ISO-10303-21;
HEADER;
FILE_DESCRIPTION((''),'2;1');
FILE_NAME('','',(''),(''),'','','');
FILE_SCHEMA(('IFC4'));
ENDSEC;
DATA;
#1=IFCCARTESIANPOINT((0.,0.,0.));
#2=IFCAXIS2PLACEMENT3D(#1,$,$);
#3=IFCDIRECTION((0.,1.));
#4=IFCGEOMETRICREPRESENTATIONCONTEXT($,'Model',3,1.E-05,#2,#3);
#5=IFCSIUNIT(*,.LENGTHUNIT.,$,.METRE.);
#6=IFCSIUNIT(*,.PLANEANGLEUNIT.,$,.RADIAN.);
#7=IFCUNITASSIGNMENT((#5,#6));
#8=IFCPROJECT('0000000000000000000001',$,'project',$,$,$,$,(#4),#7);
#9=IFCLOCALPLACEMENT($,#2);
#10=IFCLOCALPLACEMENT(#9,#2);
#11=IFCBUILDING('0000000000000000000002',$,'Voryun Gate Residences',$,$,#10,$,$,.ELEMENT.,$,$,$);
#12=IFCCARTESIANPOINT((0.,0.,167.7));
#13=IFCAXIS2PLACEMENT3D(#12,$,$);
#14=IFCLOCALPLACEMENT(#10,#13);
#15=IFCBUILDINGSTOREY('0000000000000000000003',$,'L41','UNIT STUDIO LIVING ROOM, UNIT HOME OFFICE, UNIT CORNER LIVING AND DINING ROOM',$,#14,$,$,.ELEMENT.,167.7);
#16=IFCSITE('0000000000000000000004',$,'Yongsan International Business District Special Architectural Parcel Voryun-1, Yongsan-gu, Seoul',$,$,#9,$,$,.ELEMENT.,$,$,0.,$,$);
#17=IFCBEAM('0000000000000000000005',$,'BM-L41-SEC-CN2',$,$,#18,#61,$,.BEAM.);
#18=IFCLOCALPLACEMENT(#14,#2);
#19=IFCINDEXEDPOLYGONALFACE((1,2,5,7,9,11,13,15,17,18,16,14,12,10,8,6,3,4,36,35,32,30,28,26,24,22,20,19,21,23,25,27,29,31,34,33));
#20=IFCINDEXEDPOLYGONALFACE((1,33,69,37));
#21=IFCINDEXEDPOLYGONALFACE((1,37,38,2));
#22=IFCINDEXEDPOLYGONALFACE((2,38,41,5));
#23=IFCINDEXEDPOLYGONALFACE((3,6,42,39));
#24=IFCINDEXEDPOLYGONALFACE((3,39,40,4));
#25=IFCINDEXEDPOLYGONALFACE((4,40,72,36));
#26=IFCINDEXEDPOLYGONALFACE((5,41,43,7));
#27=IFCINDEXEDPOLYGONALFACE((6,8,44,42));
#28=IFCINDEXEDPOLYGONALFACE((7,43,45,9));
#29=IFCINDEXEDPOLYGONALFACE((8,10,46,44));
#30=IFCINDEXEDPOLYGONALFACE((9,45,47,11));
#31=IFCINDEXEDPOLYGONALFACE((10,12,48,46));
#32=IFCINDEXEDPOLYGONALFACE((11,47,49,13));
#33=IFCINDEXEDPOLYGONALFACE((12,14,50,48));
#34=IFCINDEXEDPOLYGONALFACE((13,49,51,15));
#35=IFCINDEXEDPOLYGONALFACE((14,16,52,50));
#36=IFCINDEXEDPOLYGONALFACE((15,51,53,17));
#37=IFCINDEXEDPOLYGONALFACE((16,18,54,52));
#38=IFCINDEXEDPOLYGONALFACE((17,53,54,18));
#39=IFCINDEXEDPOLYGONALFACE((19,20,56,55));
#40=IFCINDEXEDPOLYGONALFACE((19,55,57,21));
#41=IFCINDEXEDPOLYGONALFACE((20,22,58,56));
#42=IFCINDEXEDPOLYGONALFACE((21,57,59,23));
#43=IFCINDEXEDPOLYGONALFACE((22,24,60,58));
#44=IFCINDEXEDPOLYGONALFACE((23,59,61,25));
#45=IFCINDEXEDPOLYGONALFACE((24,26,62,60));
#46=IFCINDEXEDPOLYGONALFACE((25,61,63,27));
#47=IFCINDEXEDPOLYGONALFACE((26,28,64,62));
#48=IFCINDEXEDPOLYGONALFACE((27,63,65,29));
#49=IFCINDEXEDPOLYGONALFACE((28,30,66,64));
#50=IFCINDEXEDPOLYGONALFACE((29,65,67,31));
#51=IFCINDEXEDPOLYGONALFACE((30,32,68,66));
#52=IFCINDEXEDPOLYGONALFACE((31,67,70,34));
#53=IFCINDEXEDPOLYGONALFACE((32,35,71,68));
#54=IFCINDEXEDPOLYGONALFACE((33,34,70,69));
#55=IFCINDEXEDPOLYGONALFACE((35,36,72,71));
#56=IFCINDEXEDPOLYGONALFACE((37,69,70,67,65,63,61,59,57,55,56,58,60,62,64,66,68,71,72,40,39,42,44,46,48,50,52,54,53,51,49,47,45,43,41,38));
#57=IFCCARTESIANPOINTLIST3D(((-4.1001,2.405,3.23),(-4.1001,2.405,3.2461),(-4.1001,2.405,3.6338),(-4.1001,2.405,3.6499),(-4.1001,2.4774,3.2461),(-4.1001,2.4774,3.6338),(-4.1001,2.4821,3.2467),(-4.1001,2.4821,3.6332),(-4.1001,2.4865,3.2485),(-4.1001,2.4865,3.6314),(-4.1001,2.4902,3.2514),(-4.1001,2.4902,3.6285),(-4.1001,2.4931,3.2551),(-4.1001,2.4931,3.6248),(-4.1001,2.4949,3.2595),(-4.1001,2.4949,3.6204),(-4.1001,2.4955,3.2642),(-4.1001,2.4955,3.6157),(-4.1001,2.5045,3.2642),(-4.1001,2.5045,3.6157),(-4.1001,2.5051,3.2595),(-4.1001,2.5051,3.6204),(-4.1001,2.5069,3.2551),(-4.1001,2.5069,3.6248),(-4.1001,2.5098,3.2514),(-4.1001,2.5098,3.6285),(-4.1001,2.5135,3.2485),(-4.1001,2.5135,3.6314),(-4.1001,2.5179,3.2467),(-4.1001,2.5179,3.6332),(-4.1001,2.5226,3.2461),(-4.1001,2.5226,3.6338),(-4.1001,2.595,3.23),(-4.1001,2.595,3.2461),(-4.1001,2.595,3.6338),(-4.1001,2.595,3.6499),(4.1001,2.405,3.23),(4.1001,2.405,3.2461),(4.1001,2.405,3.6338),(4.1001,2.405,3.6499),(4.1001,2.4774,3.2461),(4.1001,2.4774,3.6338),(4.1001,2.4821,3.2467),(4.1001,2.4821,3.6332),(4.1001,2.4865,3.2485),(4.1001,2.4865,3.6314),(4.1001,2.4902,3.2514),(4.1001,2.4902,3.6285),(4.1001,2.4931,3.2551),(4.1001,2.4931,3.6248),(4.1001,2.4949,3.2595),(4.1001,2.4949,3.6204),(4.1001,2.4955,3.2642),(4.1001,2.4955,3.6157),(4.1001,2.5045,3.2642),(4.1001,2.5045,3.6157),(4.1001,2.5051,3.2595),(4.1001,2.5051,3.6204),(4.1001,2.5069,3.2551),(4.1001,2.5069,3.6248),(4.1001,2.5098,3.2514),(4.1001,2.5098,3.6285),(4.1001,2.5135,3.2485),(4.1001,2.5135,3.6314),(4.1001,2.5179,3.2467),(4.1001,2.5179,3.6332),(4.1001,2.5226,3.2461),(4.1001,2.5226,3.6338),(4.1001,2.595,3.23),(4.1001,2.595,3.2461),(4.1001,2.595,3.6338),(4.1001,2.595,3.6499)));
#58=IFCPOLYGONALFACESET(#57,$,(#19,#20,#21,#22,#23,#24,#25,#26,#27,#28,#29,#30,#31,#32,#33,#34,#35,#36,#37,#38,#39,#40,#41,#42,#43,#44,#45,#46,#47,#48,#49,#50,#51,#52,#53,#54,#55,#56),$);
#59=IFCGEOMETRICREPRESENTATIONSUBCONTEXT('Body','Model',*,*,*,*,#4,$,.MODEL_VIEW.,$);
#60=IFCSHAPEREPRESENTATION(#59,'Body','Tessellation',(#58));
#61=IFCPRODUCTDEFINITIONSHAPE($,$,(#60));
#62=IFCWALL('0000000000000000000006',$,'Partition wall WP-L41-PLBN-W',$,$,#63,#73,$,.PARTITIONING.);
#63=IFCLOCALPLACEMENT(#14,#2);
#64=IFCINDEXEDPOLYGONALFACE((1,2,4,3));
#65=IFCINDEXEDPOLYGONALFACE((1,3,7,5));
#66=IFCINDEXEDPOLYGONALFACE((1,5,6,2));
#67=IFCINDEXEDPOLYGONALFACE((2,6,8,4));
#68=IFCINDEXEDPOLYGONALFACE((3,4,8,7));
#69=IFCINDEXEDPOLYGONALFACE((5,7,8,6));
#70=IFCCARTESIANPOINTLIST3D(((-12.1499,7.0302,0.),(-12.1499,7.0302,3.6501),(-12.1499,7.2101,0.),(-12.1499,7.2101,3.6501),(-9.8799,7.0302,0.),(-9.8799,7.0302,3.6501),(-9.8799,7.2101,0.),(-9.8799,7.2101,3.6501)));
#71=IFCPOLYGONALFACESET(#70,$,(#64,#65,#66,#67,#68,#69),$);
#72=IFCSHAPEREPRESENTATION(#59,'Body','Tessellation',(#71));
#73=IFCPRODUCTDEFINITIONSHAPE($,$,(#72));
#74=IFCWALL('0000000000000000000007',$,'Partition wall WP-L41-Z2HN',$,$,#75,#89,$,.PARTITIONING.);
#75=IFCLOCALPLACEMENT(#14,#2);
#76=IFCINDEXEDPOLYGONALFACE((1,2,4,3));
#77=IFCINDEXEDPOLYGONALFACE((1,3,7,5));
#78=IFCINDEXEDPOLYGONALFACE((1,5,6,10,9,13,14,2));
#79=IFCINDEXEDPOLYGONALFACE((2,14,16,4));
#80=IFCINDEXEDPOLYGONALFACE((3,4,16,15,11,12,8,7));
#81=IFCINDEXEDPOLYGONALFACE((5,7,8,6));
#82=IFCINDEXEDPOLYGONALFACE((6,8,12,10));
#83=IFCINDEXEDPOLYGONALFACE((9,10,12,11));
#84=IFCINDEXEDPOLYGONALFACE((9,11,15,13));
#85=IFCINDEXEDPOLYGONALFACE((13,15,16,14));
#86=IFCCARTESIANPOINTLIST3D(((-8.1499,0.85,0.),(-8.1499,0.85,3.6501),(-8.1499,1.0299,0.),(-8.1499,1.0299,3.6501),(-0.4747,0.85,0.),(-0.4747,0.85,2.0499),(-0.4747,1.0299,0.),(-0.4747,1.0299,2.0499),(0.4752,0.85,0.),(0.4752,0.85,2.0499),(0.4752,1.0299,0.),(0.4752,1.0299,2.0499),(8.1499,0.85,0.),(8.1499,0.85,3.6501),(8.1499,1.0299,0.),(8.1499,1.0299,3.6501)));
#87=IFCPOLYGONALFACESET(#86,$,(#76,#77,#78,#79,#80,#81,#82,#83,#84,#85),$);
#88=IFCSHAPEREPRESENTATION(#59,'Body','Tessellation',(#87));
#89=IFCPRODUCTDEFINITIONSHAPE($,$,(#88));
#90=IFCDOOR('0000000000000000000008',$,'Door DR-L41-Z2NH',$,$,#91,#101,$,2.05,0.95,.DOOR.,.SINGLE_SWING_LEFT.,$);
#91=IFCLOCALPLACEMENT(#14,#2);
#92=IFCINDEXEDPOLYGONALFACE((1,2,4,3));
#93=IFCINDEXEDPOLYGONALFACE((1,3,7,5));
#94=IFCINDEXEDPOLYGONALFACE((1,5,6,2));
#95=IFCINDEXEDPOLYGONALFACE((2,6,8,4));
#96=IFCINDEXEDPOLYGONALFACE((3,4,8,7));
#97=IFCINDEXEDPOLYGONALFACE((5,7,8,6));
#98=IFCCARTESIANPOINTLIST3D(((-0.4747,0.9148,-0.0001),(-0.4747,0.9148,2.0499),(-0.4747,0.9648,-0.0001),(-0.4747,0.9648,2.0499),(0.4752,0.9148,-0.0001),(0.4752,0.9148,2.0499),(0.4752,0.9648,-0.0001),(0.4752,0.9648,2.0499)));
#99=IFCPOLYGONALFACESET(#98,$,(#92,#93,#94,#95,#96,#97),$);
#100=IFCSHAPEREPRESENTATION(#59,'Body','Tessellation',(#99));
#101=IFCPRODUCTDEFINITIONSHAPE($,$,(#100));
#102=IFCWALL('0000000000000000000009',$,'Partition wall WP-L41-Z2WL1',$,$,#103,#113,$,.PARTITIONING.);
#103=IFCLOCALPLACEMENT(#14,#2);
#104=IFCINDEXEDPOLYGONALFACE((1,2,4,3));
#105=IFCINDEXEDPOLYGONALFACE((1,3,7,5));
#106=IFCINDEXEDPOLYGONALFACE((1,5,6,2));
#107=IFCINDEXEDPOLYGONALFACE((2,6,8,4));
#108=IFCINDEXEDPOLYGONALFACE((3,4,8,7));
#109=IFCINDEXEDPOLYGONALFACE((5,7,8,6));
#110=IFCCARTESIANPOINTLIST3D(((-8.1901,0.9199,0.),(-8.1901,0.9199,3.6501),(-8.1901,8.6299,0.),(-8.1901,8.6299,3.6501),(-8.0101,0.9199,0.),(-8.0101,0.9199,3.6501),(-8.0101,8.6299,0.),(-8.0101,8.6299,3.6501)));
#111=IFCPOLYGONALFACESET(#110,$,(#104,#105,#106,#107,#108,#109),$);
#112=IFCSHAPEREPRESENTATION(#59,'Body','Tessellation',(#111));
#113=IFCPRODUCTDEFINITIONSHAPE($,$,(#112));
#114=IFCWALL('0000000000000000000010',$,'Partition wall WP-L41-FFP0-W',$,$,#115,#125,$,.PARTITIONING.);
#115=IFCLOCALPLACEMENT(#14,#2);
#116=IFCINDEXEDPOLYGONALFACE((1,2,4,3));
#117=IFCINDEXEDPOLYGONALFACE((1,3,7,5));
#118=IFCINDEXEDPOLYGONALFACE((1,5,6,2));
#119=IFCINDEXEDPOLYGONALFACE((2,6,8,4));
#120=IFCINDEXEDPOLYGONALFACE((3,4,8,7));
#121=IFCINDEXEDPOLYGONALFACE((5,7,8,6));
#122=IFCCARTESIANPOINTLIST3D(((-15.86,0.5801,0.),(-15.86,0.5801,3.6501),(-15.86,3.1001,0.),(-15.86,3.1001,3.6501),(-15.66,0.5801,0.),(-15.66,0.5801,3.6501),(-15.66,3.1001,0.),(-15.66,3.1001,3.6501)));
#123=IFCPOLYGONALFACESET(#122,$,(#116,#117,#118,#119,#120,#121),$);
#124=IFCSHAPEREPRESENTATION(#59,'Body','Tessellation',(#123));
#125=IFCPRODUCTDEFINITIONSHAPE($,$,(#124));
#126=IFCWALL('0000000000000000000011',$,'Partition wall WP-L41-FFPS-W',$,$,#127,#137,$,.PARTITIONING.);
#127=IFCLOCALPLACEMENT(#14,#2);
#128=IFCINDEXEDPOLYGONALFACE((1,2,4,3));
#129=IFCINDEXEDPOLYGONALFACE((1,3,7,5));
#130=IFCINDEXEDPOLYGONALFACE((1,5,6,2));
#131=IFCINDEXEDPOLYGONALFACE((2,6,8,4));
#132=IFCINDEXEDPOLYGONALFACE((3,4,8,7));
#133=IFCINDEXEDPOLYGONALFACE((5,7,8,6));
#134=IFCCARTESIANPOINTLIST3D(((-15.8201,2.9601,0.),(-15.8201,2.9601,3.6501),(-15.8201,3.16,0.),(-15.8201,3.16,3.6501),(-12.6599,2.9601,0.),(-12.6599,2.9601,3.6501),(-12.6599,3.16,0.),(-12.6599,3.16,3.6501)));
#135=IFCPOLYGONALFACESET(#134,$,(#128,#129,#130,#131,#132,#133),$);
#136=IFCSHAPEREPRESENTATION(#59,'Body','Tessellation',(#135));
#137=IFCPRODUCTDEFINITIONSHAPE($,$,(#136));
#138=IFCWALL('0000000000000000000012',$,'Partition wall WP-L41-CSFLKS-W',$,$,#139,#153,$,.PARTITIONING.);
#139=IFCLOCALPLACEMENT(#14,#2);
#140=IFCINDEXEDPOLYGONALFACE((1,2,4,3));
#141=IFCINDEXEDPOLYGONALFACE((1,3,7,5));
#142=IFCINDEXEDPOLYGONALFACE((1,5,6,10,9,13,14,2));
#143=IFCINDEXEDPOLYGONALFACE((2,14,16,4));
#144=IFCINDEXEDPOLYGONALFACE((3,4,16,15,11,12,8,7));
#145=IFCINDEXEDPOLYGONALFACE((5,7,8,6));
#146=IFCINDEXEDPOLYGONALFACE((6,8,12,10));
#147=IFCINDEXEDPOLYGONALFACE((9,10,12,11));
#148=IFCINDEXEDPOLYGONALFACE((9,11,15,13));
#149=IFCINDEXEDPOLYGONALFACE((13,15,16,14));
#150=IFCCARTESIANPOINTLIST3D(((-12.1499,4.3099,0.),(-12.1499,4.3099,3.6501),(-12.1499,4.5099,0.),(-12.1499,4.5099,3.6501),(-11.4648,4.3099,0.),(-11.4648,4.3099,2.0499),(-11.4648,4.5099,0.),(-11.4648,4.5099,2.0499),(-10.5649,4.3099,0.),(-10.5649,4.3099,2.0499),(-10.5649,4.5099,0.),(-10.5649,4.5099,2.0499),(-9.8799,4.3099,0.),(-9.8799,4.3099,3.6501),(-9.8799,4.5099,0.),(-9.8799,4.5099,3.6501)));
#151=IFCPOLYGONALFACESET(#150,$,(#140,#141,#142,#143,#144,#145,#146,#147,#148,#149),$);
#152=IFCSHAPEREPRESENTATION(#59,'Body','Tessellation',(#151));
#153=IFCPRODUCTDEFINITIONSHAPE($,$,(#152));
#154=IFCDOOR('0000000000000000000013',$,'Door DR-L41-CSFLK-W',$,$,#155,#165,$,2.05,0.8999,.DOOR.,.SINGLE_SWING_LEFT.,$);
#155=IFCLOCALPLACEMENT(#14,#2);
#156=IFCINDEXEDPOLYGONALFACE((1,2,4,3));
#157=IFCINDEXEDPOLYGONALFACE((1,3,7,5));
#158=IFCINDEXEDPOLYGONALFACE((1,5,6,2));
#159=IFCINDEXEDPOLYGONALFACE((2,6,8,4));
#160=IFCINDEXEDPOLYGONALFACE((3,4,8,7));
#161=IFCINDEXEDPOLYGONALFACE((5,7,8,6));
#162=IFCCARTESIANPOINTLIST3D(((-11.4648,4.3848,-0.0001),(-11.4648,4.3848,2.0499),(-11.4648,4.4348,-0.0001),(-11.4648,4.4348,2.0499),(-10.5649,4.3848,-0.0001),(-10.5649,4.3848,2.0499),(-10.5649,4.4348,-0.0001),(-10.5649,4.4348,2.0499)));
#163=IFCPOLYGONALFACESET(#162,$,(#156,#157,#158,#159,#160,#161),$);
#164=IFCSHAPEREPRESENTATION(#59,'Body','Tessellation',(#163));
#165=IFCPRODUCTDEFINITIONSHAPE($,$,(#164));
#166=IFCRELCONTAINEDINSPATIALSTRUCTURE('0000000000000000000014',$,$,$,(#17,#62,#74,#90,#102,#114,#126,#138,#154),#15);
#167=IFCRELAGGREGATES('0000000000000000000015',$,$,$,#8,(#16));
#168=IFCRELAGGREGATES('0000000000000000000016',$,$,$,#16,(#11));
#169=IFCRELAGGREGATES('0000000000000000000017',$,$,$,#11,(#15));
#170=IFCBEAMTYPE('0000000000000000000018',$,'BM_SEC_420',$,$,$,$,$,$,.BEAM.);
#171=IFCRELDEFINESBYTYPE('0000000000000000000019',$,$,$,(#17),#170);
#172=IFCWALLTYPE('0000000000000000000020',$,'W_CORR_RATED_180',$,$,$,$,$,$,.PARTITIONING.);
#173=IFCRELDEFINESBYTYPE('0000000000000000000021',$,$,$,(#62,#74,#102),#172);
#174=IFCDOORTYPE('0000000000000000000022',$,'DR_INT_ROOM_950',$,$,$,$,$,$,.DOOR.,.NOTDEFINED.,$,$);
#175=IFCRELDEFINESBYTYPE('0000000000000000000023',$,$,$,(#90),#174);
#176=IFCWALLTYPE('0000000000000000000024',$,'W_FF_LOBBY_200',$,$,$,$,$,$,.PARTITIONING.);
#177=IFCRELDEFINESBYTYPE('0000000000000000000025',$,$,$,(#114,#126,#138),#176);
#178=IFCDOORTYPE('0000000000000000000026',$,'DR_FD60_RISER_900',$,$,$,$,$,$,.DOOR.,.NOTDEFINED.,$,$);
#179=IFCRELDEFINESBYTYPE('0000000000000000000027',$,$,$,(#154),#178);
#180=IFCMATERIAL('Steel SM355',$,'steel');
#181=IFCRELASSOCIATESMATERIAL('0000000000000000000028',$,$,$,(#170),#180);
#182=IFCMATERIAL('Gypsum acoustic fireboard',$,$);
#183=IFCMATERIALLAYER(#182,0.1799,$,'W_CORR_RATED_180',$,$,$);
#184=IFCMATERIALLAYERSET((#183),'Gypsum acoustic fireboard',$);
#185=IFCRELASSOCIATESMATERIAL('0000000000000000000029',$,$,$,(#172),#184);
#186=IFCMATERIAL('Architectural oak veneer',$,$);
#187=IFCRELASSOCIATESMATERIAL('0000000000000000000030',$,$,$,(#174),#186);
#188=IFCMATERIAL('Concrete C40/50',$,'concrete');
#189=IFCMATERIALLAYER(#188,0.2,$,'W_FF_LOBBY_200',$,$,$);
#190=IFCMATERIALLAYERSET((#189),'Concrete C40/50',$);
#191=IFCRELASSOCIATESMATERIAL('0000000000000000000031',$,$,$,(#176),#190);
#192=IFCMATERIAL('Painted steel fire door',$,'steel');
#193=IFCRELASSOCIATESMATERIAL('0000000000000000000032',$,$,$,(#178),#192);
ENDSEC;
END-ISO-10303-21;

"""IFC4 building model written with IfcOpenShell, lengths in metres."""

from ifc_helpers import new_model, si_unit, direction, frame, frame_2d, origin, origin_2d, place, context, subcontext, project, spatial, rectangle, i_section, extrude, material, layer, layer_set, material_profile, profile_set, type_object, element, fill, save


model = new_model("IFC4")

# Units and contexts
model_context = context("Model", 3, precision=1e-05, world=origin(), true_north=direction((0.0, 1.0)))
body_context = subcontext(model_context, "Body", "Model", "MODEL_VIEW")
ifc_project = project(units=[si_unit("LENGTHUNIT", "METRE"), si_unit("PLANEANGLEUNIT", "RADIAN")], contexts=[model_context])

# Site, building, storey
site_placement = place(None, origin())
site = spatial("IfcSite", under=ifc_project, at=site_placement, Name="Yongsan International Business District Special Architectural Parcel Voryun-1, Yongsan-gu, Seoul", CompositionType="ELEMENT", RefElevation=0.0)
building_placement = place(site_placement, origin())
building = spatial("IfcBuilding", under=site, at=building_placement, Name="Voryun Gate Residences", CompositionType="ELEMENT")
storey_placement = place(building_placement, frame((0.0, 0.0, 167.7)))
storey = spatial("IfcBuildingStorey", under=building, at=storey_placement, Name="L41", Description="UNIT STUDIO LIVING ROOM, UNIT HOME OFFICE, UNIT CORNER LIVING AND DINING ROOM", CompositionType="ELEMENT", Elevation=167.7)

# Beam
ifc_material_1 = material(Name="Steel SM355", Category="steel")
ifc_material_profile_1 = material_profile(ifc_material_1, i_section(OverallWidth=0.1899, OverallDepth=0.4199, WebThickness=0.009, FlangeThickness=0.0161, FilletRadius=0.0181, at=origin_2d()), Name="H-420x190x9x16")
ifc_profile_set_1 = profile_set([ifc_material_profile_1], Name="Steel SM355")
beam_type = type_object("IfcBeamType", Name="BM_SEC_420", PredefinedType="BEAM", material=ifc_profile_set_1)
beam_1_placement = place(storey_placement, frame((-4.1001, 2.5, 3.4399), z_axis=(1.0, 0.0, 0.0), x_axis=(0.0, 1.0, 0.0)))
element("IfcBeam", 1, at=beam_1_placement, inside=storey, type_object=beam_type, Name="BM-L41-SEC-CN2", PredefinedType="BEAM", context=body_context, shape_type="SweptSolid", body=[
    extrude(i_section(OverallWidth=0.1899, OverallDepth=0.4199, WebThickness=0.009, FlangeThickness=0.0161, FilletRadius=0.0181, at=origin_2d()), origin(), (0.0, 0.0, 1.0), 8.2002),
])

# Wall
ifc_material_2 = material(Name="Gypsum acoustic fireboard")
ifc_layer_1 = layer(ifc_material_2, 0.1799, Name="W_CORR_RATED_180")
ifc_layer_set_1 = layer_set([ifc_layer_1], Name="Gypsum acoustic fireboard")
wall_type_1 = type_object("IfcWallType", Name="W_CORR_RATED_180", PredefinedType="PARTITIONING", material=ifc_layer_set_1)
wall_1_placement = place(storey_placement, frame((-12.1499, 7.1201, 0.0), z_axis=(0.0, 0.0, 1.0), x_axis=(1.0, 0.0, 0.0)))
element("IfcWall", 2, at=wall_1_placement, inside=storey, type_object=wall_type_1, Name="Partition wall WP-L41-PLBN-W", PredefinedType="PARTITIONING", context=body_context, shape_type="SweptSolid", body=[
    extrude(rectangle(XDim=2.27, YDim=0.1799, at=frame_2d((1.135, 0.0))), origin(), (0.0, 0.0, 1.0), 3.6501),
])

# Wall, opening, door
wall_2_placement = place(storey_placement, frame((-8.1499, 0.9399, 0.0), z_axis=(0.0, 0.0, 1.0), x_axis=(1.0, 0.0, 0.0)))
wall_2 = element("IfcWall", 3, at=wall_2_placement, inside=storey, type_object=wall_type_1, Name="Partition wall WP-L41-Z2HN", PredefinedType="PARTITIONING", context=body_context, shape_type="SweptSolid", body=[
    extrude(rectangle(XDim=16.2998, YDim=0.1799, at=frame_2d((8.1499, 0.0))), origin(), (0.0, 0.0, 1.0), 3.6501),
])
opening_1_placement = place(wall_2_placement, frame((7.675, 0.0, 0.0)))
opening_1 = element("IfcOpeningElement", 4, at=opening_1_placement, cuts=wall_2, PredefinedType="OPENING", context=body_context, shape_type="SweptSolid", body=[
    extrude(rectangle(XDim=0.95, YDim=2.05, at=frame_2d((0.4751, 1.0249))), frame((0.0, 0.0999, 0.0), z_axis=(0.0, -1.0, 0.0), x_axis=(1.0, 0.0, 0.0)), (0.0, 0.0, 1.0), 0.2),
])
ifc_material_3 = material(Name="Architectural oak veneer")
door_type_1 = type_object("IfcDoorType", Name="DR_INT_ROOM_950", OperationType="NOTDEFINED", PredefinedType="DOOR", material=ifc_material_3)
door_1_placement = place(opening_1_placement, origin())
door_1 = element("IfcDoor", 5, at=door_1_placement, inside=storey, type_object=door_type_1, Name="Door DR-L41-Z2NH", OperationType="SINGLE_SWING_LEFT", OverallHeight=2.05, OverallWidth=0.95, PredefinedType="DOOR", context=body_context, shape_type="SweptSolid", body=[
    extrude(rectangle(XDim=0.95, YDim=2.05, at=frame_2d((0.4751, 1.0249))), frame((0.0, 0.0249, 0.0), z_axis=(0.0, -1.0, 0.0), x_axis=(1.0, 0.0, 0.0)), (0.0, 0.0, 1.0), 0.05),
])
fill(opening_1, door_1)

# Walls
wall_3_placement = place(storey_placement, frame((-8.1001, 0.9199, 0.0), z_axis=(0.0, 0.0, 1.0), x_axis=(0.0, 1.0, 0.0)))
element("IfcWall", 6, at=wall_3_placement, inside=storey, type_object=wall_type_1, Name="Partition wall WP-L41-Z2WL1", PredefinedType="PARTITIONING", context=body_context, shape_type="SweptSolid", body=[
    extrude(rectangle(XDim=7.71, YDim=0.1799, at=frame_2d((3.855, 0.0))), origin(), (0.0, 0.0, 1.0), 3.6501),
])
ifc_material_4 = material(Name="Concrete C40/50", Category="concrete")
ifc_layer_2 = layer(ifc_material_4, 0.2, Name="W_FF_LOBBY_200")
ifc_layer_set_2 = layer_set([ifc_layer_2], Name="Concrete C40/50")
wall_type_2 = type_object("IfcWallType", Name="W_FF_LOBBY_200", PredefinedType="PARTITIONING", material=ifc_layer_set_2)
wall_4_placement = place(storey_placement, frame((-15.76, 0.5801, 0.0), z_axis=(0.0, 0.0, 1.0), x_axis=(0.0, 1.0, 0.0)))
element("IfcWall", 7, at=wall_4_placement, inside=storey, type_object=wall_type_2, Name="Partition wall WP-L41-FFP0-W", PredefinedType="PARTITIONING", context=body_context, shape_type="SweptSolid", body=[
    extrude(rectangle(XDim=2.52, YDim=0.2, at=frame_2d((1.26, 0.0))), origin(), (0.0, 0.0, 1.0), 3.6501),
])
wall_5_placement = place(storey_placement, frame((-15.8201, 3.0601, 0.0), z_axis=(0.0, 0.0, 1.0), x_axis=(1.0, 0.0, 0.0)))
element("IfcWall", 8, at=wall_5_placement, inside=storey, type_object=wall_type_2, Name="Partition wall WP-L41-FFPS-W", PredefinedType="PARTITIONING", context=body_context, shape_type="SweptSolid", body=[
    extrude(rectangle(XDim=3.1602, YDim=0.2, at=frame_2d((1.5801, 0.0))), origin(), (0.0, 0.0, 1.0), 3.6501),
])

# Wall, opening, door
wall_6_placement = place(storey_placement, frame((-12.1499, 4.4099, 0.0), z_axis=(0.0, 0.0, 1.0), x_axis=(1.0, 0.0, 0.0)))
wall_6 = element("IfcWall", 9, at=wall_6_placement, inside=storey, type_object=wall_type_2, Name="Partition wall WP-L41-CSFLKS-W", PredefinedType="PARTITIONING", context=body_context, shape_type="SweptSolid", body=[
    extrude(rectangle(XDim=2.27, YDim=0.2, at=frame_2d((1.135, 0.0))), origin(), (0.0, 0.0, 1.0), 3.6501),
])
opening_2_placement = place(wall_6_placement, frame((0.6851, 0.0, 0.0)))
opening_2 = element("IfcOpeningElement", 10, at=opening_2_placement, cuts=wall_6, PredefinedType="OPENING", context=body_context, shape_type="SweptSolid", body=[
    extrude(rectangle(XDim=0.8999, YDim=2.05, at=frame_2d((0.45, 1.0249))), frame((0.0, 0.1101, 0.0), z_axis=(0.0, -1.0, 0.0), x_axis=(1.0, 0.0, 0.0)), (0.0, 0.0, 1.0), 0.22),
])
ifc_material_5 = material(Name="Painted steel fire door", Category="steel")
door_type_2 = type_object("IfcDoorType", Name="DR_FD60_RISER_900", OperationType="NOTDEFINED", PredefinedType="DOOR", material=ifc_material_5)
door_2_placement = place(opening_2_placement, origin())
door_2 = element("IfcDoor", 11, at=door_2_placement, inside=storey, type_object=door_type_2, Name="Door DR-L41-CSFLK-W", OperationType="SINGLE_SWING_LEFT", OverallHeight=2.05, OverallWidth=0.8999, PredefinedType="DOOR", context=body_context, shape_type="SweptSolid", body=[
    extrude(rectangle(XDim=0.8999, YDim=2.05, at=frame_2d((0.45, 1.0249))), frame((0.0, 0.0249, 0.0), z_axis=(0.0, -1.0, 0.0), x_axis=(1.0, 0.0, 0.0)), (0.0, 0.0, 1.0), 0.05),
])
fill(opening_2, door_2)

save(model, "model.ifc")
